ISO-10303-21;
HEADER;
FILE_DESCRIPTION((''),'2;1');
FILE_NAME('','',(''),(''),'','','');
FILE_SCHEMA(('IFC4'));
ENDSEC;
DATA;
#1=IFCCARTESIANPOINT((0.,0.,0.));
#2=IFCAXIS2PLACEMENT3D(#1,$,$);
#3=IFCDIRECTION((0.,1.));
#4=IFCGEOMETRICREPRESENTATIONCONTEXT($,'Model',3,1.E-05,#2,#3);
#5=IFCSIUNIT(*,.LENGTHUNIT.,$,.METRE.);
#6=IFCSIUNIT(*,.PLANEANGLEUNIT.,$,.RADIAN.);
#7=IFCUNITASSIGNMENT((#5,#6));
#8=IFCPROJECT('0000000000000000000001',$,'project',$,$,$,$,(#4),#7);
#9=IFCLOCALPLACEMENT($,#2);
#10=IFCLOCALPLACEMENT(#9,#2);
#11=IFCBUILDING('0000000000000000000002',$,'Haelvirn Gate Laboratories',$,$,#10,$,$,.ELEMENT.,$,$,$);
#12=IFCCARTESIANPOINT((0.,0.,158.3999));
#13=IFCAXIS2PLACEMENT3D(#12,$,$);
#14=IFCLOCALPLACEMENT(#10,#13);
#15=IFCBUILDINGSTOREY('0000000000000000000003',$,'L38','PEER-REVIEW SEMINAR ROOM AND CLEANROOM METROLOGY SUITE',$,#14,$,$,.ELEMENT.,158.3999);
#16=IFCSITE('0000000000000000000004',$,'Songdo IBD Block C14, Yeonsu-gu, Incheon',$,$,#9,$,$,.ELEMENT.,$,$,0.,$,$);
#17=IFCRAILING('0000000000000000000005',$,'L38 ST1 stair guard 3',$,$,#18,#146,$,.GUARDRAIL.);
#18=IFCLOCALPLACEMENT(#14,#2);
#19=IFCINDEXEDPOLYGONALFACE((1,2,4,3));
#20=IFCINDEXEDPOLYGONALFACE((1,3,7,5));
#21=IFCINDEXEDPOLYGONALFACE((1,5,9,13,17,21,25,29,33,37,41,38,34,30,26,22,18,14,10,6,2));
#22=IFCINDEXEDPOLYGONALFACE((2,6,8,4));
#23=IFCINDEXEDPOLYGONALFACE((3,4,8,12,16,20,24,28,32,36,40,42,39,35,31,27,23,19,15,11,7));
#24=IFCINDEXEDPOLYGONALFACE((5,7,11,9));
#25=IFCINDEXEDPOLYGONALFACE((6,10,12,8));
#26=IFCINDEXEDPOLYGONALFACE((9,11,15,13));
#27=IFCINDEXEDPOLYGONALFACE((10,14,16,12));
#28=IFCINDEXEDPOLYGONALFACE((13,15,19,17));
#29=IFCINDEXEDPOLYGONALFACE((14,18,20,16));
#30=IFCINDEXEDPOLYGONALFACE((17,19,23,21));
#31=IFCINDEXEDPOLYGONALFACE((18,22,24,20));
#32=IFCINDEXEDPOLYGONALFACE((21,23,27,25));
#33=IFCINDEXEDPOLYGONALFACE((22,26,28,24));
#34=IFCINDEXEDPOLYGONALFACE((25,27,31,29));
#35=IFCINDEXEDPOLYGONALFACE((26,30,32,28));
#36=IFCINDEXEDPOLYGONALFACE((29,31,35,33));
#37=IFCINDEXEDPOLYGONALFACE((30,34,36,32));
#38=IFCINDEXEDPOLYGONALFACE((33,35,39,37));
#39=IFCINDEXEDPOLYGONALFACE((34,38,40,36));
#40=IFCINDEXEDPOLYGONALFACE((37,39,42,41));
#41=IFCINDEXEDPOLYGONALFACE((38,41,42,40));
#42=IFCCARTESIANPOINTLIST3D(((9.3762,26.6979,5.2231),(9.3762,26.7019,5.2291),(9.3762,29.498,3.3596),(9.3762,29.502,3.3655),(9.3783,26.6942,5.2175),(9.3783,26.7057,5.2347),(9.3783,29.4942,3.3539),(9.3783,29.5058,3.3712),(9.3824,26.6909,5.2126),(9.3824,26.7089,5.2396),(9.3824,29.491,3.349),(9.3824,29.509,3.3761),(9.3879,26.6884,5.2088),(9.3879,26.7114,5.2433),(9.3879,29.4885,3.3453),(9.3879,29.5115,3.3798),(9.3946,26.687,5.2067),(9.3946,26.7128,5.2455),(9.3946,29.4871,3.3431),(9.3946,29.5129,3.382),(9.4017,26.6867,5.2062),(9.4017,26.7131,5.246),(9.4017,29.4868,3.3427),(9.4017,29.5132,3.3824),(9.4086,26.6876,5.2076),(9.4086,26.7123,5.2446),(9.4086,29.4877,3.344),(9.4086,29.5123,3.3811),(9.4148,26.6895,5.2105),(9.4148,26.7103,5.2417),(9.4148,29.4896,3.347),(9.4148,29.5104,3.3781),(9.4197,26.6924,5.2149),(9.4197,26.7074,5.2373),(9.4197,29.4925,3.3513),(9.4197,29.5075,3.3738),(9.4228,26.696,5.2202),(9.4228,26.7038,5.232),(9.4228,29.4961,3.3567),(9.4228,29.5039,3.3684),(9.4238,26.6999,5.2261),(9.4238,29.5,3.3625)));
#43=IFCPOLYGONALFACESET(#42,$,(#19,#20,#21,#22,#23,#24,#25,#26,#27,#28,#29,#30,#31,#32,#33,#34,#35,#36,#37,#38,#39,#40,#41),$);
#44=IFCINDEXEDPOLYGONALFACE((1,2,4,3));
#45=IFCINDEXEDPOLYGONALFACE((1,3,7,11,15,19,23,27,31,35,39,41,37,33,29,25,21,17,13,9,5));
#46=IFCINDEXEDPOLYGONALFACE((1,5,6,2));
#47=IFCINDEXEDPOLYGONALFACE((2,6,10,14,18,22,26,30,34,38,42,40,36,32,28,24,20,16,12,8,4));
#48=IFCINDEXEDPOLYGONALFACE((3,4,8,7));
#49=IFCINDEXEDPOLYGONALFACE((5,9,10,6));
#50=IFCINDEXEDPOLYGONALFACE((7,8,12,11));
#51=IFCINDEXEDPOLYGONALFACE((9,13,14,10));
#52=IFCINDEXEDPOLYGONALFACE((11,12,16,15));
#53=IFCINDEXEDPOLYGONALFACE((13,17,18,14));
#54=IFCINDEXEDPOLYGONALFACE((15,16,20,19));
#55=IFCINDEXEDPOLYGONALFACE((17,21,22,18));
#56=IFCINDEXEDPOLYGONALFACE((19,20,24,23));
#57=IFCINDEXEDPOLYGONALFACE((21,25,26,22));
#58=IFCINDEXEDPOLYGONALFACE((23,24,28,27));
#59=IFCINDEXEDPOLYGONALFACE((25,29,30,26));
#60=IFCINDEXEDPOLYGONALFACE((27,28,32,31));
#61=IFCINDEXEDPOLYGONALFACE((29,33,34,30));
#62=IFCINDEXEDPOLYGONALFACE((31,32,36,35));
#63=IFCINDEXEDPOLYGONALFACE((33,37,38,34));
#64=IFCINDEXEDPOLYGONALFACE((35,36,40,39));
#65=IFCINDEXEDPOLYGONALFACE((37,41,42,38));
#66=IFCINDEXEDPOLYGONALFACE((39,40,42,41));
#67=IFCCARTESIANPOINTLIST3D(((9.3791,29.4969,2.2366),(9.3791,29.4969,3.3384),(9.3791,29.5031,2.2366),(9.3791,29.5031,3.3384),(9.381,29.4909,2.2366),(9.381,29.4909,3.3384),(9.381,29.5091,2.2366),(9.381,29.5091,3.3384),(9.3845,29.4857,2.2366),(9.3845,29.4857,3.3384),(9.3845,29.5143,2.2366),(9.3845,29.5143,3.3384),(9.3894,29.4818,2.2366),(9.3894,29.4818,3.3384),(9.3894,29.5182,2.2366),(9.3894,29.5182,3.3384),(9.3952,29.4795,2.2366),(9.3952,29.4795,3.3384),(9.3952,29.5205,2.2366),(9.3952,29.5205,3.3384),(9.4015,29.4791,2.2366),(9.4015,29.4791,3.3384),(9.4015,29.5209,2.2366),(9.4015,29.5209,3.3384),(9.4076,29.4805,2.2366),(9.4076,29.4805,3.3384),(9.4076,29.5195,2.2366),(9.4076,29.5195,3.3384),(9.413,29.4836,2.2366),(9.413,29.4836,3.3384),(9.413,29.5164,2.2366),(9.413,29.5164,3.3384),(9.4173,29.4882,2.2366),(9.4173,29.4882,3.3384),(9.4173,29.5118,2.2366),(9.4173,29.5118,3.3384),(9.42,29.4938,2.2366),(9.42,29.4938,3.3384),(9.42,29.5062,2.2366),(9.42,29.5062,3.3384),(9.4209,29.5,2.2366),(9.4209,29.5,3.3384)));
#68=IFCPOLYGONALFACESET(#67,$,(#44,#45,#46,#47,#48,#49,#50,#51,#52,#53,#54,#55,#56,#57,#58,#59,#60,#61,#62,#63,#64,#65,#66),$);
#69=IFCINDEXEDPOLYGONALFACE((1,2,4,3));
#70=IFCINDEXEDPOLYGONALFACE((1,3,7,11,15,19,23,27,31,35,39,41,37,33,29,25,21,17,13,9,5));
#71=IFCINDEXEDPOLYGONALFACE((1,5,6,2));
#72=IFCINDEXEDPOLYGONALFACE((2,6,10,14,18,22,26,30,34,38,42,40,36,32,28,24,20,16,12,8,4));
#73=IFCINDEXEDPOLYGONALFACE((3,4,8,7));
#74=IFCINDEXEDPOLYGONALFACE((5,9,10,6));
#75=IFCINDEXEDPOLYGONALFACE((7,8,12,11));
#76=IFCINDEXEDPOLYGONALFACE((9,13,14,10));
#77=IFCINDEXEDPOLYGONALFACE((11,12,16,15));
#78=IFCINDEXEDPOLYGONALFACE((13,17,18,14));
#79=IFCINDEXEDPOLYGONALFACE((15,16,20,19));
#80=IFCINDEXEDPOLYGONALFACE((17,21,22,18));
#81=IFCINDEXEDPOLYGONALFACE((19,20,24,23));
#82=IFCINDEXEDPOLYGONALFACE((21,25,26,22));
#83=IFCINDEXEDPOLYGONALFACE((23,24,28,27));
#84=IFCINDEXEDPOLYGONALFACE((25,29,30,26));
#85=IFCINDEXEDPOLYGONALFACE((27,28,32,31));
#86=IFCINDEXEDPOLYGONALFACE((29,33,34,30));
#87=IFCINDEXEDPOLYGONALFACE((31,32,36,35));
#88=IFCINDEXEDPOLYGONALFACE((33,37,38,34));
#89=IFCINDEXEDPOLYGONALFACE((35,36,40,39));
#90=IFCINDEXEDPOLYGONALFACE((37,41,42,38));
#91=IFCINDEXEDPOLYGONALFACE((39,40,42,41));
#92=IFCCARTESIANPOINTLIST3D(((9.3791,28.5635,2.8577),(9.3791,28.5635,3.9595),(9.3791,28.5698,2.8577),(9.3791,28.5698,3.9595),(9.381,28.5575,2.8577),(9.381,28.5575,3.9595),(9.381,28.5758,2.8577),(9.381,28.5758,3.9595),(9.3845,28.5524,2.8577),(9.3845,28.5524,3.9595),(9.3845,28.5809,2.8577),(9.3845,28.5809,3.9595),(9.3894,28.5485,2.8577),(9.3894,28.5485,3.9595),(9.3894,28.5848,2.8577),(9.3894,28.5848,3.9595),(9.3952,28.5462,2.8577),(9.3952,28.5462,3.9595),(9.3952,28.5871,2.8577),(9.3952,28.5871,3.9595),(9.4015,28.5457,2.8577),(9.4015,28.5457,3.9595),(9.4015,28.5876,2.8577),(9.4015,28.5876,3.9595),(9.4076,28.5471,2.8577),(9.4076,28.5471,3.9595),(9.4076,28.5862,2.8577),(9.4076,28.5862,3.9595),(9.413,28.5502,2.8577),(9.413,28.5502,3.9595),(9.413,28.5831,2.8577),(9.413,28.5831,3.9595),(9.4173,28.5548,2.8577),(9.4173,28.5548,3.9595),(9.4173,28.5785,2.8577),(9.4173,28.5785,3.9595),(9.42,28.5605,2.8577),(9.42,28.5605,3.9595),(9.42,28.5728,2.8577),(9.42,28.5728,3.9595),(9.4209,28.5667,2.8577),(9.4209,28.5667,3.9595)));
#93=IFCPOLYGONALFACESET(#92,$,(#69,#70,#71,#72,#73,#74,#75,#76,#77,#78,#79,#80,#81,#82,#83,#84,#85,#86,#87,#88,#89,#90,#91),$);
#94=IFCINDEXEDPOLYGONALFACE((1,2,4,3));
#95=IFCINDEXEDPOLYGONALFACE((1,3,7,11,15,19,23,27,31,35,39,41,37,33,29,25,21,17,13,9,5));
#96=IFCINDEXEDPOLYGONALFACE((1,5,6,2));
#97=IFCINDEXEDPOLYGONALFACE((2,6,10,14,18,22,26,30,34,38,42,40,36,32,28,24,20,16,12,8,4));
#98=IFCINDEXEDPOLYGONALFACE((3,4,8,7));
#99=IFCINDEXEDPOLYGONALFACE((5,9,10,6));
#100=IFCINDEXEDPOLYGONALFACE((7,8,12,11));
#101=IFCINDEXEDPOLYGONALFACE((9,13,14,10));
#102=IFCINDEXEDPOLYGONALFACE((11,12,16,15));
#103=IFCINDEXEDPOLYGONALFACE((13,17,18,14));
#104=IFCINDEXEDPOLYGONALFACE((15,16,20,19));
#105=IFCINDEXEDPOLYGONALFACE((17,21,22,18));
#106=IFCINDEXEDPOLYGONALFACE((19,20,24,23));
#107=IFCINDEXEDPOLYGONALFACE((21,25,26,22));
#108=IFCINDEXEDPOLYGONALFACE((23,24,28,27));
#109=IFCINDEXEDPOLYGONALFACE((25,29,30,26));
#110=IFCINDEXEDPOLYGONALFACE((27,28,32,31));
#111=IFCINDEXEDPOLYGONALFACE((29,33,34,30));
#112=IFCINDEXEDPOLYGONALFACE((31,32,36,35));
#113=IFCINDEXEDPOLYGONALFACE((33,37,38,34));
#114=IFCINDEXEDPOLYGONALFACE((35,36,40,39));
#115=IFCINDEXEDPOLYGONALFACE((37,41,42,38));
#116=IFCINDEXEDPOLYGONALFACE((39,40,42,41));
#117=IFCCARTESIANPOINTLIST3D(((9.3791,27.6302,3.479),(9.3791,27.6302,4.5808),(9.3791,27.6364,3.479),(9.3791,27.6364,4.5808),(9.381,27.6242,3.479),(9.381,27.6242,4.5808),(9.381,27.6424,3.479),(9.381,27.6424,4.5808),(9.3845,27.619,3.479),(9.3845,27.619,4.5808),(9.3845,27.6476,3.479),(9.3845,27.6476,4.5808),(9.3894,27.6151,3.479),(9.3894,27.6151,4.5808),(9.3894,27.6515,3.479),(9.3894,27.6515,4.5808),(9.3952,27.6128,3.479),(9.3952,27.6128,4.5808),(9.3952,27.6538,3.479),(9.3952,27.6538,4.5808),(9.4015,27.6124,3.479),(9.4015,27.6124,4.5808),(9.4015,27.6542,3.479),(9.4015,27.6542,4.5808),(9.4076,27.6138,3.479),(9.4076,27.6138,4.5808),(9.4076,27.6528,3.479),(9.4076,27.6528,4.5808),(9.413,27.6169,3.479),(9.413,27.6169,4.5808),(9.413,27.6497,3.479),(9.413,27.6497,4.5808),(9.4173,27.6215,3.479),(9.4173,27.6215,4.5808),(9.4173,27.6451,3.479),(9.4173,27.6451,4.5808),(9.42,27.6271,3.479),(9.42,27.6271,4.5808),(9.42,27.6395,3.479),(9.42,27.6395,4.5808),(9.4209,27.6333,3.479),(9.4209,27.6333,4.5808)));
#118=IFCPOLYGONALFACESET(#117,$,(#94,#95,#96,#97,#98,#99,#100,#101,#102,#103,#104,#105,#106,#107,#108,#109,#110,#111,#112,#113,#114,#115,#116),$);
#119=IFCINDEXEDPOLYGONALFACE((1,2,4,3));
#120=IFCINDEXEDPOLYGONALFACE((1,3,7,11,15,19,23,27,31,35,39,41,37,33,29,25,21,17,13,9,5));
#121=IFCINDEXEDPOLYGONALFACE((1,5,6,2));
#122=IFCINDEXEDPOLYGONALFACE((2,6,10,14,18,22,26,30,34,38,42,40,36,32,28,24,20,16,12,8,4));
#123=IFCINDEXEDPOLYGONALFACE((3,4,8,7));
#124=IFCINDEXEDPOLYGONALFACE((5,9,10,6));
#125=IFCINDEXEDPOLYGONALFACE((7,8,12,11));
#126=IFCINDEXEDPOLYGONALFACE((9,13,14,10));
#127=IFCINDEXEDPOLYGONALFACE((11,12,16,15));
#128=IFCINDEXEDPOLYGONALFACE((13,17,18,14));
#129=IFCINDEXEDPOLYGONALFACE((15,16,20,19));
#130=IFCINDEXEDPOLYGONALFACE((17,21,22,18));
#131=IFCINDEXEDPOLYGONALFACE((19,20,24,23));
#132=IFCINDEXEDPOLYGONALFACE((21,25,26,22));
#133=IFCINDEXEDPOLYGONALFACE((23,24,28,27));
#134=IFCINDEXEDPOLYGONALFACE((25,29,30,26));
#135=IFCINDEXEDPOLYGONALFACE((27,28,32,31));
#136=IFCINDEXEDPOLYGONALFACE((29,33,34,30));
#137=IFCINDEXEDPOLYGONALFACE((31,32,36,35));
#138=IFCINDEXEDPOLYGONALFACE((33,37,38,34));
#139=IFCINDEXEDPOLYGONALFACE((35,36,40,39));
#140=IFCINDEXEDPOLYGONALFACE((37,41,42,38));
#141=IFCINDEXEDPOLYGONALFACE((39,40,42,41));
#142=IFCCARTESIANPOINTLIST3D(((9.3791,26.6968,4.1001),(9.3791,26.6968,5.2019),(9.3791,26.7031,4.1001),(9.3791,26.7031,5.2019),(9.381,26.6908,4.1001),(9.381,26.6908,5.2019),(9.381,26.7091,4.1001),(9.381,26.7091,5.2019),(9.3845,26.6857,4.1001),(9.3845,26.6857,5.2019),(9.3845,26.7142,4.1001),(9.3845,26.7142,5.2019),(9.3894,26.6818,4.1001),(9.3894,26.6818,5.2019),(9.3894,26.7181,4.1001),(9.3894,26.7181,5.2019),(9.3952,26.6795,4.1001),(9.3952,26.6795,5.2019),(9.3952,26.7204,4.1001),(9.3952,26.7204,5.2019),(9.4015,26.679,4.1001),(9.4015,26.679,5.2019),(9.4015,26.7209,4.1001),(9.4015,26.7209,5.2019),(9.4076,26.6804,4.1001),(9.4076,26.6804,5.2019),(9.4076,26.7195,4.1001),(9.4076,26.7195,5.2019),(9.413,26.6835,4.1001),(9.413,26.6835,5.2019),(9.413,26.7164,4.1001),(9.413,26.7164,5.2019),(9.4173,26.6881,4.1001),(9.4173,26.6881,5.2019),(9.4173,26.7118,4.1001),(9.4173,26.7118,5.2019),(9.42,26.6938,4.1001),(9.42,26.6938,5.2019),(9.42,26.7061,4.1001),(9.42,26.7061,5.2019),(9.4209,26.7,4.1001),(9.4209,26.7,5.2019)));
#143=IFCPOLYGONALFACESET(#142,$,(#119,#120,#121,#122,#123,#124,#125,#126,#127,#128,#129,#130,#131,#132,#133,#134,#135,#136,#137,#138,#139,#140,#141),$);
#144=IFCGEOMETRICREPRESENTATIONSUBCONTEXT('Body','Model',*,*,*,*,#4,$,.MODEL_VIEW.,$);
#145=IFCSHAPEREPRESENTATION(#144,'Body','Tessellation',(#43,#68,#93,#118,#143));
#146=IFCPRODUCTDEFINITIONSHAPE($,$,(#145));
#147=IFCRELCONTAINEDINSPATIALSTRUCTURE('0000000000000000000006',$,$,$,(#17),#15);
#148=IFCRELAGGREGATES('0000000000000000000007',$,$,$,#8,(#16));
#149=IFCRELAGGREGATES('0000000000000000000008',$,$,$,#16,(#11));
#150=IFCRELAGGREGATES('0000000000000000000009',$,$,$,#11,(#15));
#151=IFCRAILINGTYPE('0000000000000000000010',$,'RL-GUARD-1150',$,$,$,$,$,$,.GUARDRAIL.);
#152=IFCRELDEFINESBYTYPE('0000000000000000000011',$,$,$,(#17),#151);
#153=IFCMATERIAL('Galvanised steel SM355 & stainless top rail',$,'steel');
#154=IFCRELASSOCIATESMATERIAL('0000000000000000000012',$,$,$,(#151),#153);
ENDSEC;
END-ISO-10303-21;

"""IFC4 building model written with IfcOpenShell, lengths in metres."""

from ifc_helpers import new_model, si_unit, direction, frame, origin, origin_2d, place, context, subcontext, project, spatial, circle, extrude, source, transform, mapped, material, type_object, element, save


model = new_model("IFC4")

# Units and contexts
model_context = context("Model", 3, precision=1e-05, world=origin(), true_north=direction((0.0, 1.0)))
body_context = subcontext(model_context, "Body", "Model", "MODEL_VIEW")
ifc_project = project(units=[si_unit("LENGTHUNIT", "METRE"), si_unit("PLANEANGLEUNIT", "RADIAN")], contexts=[model_context])

# Site, building, storey
site_placement = place(None, origin())
site = spatial("IfcSite", under=ifc_project, at=site_placement, Name="Songdo IBD Block C14, Yeonsu-gu, Incheon", CompositionType="ELEMENT", RefElevation=0.0)
building_placement = place(site_placement, origin())
building = spatial("IfcBuilding", under=site, at=building_placement, Name="Haelvirn Gate Laboratories", CompositionType="ELEMENT")
storey_placement = place(building_placement, frame((0.0, 0.0, 158.3999)))
storey = spatial("IfcBuildingStorey", under=building, at=storey_placement, Name="L38", Description="PEER-REVIEW SEMINAR ROOM AND CLEANROOM METROLOGY SUITE", CompositionType="ELEMENT", Elevation=158.3999)

# Railing
ifc_material_1 = material(Name="Galvanised steel SM355 & stainless top rail", Category="steel")
railing_type_1 = type_object("IfcRailingType", Name="RL-GUARD-1150", PredefinedType="GUARDRAIL", material=ifc_material_1)
shared_shape_1 = source(origin(), body_context, "Body", "SweptSolid", [
    extrude(circle(Radius=0.0239, at=origin_2d()), frame((0.0, 0.0, 1.126), z_axis=(0.0, -0.832486, 0.554047), x_axis=(1.0, 0.0, 0.0)), (0.0, 0.0, 1.0), 3.3635),
    extrude(circle(Radius=0.021, at=origin_2d()), origin(), (0.0, 0.0, 1.0), 1.1018),
    extrude(circle(Radius=0.021, at=origin_2d()), frame((0.0, -0.9333, 0.6211)), (0.0, 0.0, 1.0), 1.1018),
    extrude(circle(Radius=0.021, at=origin_2d()), frame((0.0, -1.8667, 1.2424)), (0.0, 0.0, 1.0), 1.1018),
    extrude(circle(Radius=0.021, at=origin_2d()), frame((0.0, -2.8, 1.8635)), (0.0, 0.0, 1.0), 1.1018),
])
railing_1_placement = place(storey_placement, frame((9.3999, 29.5, 2.2366)))
element("IfcRailing", 1, at=railing_1_placement, inside=storey, type_object=railing_type_1, Name="L38 ST1 stair guard 3", PredefinedType="GUARDRAIL", context=body_context, shape_type="MappedRepresentation", body=[
    mapped(shared_shape_1, transform((0.0, 0.0, 0.0), scale=1.0)),
])

save(model, "model.ifc")
